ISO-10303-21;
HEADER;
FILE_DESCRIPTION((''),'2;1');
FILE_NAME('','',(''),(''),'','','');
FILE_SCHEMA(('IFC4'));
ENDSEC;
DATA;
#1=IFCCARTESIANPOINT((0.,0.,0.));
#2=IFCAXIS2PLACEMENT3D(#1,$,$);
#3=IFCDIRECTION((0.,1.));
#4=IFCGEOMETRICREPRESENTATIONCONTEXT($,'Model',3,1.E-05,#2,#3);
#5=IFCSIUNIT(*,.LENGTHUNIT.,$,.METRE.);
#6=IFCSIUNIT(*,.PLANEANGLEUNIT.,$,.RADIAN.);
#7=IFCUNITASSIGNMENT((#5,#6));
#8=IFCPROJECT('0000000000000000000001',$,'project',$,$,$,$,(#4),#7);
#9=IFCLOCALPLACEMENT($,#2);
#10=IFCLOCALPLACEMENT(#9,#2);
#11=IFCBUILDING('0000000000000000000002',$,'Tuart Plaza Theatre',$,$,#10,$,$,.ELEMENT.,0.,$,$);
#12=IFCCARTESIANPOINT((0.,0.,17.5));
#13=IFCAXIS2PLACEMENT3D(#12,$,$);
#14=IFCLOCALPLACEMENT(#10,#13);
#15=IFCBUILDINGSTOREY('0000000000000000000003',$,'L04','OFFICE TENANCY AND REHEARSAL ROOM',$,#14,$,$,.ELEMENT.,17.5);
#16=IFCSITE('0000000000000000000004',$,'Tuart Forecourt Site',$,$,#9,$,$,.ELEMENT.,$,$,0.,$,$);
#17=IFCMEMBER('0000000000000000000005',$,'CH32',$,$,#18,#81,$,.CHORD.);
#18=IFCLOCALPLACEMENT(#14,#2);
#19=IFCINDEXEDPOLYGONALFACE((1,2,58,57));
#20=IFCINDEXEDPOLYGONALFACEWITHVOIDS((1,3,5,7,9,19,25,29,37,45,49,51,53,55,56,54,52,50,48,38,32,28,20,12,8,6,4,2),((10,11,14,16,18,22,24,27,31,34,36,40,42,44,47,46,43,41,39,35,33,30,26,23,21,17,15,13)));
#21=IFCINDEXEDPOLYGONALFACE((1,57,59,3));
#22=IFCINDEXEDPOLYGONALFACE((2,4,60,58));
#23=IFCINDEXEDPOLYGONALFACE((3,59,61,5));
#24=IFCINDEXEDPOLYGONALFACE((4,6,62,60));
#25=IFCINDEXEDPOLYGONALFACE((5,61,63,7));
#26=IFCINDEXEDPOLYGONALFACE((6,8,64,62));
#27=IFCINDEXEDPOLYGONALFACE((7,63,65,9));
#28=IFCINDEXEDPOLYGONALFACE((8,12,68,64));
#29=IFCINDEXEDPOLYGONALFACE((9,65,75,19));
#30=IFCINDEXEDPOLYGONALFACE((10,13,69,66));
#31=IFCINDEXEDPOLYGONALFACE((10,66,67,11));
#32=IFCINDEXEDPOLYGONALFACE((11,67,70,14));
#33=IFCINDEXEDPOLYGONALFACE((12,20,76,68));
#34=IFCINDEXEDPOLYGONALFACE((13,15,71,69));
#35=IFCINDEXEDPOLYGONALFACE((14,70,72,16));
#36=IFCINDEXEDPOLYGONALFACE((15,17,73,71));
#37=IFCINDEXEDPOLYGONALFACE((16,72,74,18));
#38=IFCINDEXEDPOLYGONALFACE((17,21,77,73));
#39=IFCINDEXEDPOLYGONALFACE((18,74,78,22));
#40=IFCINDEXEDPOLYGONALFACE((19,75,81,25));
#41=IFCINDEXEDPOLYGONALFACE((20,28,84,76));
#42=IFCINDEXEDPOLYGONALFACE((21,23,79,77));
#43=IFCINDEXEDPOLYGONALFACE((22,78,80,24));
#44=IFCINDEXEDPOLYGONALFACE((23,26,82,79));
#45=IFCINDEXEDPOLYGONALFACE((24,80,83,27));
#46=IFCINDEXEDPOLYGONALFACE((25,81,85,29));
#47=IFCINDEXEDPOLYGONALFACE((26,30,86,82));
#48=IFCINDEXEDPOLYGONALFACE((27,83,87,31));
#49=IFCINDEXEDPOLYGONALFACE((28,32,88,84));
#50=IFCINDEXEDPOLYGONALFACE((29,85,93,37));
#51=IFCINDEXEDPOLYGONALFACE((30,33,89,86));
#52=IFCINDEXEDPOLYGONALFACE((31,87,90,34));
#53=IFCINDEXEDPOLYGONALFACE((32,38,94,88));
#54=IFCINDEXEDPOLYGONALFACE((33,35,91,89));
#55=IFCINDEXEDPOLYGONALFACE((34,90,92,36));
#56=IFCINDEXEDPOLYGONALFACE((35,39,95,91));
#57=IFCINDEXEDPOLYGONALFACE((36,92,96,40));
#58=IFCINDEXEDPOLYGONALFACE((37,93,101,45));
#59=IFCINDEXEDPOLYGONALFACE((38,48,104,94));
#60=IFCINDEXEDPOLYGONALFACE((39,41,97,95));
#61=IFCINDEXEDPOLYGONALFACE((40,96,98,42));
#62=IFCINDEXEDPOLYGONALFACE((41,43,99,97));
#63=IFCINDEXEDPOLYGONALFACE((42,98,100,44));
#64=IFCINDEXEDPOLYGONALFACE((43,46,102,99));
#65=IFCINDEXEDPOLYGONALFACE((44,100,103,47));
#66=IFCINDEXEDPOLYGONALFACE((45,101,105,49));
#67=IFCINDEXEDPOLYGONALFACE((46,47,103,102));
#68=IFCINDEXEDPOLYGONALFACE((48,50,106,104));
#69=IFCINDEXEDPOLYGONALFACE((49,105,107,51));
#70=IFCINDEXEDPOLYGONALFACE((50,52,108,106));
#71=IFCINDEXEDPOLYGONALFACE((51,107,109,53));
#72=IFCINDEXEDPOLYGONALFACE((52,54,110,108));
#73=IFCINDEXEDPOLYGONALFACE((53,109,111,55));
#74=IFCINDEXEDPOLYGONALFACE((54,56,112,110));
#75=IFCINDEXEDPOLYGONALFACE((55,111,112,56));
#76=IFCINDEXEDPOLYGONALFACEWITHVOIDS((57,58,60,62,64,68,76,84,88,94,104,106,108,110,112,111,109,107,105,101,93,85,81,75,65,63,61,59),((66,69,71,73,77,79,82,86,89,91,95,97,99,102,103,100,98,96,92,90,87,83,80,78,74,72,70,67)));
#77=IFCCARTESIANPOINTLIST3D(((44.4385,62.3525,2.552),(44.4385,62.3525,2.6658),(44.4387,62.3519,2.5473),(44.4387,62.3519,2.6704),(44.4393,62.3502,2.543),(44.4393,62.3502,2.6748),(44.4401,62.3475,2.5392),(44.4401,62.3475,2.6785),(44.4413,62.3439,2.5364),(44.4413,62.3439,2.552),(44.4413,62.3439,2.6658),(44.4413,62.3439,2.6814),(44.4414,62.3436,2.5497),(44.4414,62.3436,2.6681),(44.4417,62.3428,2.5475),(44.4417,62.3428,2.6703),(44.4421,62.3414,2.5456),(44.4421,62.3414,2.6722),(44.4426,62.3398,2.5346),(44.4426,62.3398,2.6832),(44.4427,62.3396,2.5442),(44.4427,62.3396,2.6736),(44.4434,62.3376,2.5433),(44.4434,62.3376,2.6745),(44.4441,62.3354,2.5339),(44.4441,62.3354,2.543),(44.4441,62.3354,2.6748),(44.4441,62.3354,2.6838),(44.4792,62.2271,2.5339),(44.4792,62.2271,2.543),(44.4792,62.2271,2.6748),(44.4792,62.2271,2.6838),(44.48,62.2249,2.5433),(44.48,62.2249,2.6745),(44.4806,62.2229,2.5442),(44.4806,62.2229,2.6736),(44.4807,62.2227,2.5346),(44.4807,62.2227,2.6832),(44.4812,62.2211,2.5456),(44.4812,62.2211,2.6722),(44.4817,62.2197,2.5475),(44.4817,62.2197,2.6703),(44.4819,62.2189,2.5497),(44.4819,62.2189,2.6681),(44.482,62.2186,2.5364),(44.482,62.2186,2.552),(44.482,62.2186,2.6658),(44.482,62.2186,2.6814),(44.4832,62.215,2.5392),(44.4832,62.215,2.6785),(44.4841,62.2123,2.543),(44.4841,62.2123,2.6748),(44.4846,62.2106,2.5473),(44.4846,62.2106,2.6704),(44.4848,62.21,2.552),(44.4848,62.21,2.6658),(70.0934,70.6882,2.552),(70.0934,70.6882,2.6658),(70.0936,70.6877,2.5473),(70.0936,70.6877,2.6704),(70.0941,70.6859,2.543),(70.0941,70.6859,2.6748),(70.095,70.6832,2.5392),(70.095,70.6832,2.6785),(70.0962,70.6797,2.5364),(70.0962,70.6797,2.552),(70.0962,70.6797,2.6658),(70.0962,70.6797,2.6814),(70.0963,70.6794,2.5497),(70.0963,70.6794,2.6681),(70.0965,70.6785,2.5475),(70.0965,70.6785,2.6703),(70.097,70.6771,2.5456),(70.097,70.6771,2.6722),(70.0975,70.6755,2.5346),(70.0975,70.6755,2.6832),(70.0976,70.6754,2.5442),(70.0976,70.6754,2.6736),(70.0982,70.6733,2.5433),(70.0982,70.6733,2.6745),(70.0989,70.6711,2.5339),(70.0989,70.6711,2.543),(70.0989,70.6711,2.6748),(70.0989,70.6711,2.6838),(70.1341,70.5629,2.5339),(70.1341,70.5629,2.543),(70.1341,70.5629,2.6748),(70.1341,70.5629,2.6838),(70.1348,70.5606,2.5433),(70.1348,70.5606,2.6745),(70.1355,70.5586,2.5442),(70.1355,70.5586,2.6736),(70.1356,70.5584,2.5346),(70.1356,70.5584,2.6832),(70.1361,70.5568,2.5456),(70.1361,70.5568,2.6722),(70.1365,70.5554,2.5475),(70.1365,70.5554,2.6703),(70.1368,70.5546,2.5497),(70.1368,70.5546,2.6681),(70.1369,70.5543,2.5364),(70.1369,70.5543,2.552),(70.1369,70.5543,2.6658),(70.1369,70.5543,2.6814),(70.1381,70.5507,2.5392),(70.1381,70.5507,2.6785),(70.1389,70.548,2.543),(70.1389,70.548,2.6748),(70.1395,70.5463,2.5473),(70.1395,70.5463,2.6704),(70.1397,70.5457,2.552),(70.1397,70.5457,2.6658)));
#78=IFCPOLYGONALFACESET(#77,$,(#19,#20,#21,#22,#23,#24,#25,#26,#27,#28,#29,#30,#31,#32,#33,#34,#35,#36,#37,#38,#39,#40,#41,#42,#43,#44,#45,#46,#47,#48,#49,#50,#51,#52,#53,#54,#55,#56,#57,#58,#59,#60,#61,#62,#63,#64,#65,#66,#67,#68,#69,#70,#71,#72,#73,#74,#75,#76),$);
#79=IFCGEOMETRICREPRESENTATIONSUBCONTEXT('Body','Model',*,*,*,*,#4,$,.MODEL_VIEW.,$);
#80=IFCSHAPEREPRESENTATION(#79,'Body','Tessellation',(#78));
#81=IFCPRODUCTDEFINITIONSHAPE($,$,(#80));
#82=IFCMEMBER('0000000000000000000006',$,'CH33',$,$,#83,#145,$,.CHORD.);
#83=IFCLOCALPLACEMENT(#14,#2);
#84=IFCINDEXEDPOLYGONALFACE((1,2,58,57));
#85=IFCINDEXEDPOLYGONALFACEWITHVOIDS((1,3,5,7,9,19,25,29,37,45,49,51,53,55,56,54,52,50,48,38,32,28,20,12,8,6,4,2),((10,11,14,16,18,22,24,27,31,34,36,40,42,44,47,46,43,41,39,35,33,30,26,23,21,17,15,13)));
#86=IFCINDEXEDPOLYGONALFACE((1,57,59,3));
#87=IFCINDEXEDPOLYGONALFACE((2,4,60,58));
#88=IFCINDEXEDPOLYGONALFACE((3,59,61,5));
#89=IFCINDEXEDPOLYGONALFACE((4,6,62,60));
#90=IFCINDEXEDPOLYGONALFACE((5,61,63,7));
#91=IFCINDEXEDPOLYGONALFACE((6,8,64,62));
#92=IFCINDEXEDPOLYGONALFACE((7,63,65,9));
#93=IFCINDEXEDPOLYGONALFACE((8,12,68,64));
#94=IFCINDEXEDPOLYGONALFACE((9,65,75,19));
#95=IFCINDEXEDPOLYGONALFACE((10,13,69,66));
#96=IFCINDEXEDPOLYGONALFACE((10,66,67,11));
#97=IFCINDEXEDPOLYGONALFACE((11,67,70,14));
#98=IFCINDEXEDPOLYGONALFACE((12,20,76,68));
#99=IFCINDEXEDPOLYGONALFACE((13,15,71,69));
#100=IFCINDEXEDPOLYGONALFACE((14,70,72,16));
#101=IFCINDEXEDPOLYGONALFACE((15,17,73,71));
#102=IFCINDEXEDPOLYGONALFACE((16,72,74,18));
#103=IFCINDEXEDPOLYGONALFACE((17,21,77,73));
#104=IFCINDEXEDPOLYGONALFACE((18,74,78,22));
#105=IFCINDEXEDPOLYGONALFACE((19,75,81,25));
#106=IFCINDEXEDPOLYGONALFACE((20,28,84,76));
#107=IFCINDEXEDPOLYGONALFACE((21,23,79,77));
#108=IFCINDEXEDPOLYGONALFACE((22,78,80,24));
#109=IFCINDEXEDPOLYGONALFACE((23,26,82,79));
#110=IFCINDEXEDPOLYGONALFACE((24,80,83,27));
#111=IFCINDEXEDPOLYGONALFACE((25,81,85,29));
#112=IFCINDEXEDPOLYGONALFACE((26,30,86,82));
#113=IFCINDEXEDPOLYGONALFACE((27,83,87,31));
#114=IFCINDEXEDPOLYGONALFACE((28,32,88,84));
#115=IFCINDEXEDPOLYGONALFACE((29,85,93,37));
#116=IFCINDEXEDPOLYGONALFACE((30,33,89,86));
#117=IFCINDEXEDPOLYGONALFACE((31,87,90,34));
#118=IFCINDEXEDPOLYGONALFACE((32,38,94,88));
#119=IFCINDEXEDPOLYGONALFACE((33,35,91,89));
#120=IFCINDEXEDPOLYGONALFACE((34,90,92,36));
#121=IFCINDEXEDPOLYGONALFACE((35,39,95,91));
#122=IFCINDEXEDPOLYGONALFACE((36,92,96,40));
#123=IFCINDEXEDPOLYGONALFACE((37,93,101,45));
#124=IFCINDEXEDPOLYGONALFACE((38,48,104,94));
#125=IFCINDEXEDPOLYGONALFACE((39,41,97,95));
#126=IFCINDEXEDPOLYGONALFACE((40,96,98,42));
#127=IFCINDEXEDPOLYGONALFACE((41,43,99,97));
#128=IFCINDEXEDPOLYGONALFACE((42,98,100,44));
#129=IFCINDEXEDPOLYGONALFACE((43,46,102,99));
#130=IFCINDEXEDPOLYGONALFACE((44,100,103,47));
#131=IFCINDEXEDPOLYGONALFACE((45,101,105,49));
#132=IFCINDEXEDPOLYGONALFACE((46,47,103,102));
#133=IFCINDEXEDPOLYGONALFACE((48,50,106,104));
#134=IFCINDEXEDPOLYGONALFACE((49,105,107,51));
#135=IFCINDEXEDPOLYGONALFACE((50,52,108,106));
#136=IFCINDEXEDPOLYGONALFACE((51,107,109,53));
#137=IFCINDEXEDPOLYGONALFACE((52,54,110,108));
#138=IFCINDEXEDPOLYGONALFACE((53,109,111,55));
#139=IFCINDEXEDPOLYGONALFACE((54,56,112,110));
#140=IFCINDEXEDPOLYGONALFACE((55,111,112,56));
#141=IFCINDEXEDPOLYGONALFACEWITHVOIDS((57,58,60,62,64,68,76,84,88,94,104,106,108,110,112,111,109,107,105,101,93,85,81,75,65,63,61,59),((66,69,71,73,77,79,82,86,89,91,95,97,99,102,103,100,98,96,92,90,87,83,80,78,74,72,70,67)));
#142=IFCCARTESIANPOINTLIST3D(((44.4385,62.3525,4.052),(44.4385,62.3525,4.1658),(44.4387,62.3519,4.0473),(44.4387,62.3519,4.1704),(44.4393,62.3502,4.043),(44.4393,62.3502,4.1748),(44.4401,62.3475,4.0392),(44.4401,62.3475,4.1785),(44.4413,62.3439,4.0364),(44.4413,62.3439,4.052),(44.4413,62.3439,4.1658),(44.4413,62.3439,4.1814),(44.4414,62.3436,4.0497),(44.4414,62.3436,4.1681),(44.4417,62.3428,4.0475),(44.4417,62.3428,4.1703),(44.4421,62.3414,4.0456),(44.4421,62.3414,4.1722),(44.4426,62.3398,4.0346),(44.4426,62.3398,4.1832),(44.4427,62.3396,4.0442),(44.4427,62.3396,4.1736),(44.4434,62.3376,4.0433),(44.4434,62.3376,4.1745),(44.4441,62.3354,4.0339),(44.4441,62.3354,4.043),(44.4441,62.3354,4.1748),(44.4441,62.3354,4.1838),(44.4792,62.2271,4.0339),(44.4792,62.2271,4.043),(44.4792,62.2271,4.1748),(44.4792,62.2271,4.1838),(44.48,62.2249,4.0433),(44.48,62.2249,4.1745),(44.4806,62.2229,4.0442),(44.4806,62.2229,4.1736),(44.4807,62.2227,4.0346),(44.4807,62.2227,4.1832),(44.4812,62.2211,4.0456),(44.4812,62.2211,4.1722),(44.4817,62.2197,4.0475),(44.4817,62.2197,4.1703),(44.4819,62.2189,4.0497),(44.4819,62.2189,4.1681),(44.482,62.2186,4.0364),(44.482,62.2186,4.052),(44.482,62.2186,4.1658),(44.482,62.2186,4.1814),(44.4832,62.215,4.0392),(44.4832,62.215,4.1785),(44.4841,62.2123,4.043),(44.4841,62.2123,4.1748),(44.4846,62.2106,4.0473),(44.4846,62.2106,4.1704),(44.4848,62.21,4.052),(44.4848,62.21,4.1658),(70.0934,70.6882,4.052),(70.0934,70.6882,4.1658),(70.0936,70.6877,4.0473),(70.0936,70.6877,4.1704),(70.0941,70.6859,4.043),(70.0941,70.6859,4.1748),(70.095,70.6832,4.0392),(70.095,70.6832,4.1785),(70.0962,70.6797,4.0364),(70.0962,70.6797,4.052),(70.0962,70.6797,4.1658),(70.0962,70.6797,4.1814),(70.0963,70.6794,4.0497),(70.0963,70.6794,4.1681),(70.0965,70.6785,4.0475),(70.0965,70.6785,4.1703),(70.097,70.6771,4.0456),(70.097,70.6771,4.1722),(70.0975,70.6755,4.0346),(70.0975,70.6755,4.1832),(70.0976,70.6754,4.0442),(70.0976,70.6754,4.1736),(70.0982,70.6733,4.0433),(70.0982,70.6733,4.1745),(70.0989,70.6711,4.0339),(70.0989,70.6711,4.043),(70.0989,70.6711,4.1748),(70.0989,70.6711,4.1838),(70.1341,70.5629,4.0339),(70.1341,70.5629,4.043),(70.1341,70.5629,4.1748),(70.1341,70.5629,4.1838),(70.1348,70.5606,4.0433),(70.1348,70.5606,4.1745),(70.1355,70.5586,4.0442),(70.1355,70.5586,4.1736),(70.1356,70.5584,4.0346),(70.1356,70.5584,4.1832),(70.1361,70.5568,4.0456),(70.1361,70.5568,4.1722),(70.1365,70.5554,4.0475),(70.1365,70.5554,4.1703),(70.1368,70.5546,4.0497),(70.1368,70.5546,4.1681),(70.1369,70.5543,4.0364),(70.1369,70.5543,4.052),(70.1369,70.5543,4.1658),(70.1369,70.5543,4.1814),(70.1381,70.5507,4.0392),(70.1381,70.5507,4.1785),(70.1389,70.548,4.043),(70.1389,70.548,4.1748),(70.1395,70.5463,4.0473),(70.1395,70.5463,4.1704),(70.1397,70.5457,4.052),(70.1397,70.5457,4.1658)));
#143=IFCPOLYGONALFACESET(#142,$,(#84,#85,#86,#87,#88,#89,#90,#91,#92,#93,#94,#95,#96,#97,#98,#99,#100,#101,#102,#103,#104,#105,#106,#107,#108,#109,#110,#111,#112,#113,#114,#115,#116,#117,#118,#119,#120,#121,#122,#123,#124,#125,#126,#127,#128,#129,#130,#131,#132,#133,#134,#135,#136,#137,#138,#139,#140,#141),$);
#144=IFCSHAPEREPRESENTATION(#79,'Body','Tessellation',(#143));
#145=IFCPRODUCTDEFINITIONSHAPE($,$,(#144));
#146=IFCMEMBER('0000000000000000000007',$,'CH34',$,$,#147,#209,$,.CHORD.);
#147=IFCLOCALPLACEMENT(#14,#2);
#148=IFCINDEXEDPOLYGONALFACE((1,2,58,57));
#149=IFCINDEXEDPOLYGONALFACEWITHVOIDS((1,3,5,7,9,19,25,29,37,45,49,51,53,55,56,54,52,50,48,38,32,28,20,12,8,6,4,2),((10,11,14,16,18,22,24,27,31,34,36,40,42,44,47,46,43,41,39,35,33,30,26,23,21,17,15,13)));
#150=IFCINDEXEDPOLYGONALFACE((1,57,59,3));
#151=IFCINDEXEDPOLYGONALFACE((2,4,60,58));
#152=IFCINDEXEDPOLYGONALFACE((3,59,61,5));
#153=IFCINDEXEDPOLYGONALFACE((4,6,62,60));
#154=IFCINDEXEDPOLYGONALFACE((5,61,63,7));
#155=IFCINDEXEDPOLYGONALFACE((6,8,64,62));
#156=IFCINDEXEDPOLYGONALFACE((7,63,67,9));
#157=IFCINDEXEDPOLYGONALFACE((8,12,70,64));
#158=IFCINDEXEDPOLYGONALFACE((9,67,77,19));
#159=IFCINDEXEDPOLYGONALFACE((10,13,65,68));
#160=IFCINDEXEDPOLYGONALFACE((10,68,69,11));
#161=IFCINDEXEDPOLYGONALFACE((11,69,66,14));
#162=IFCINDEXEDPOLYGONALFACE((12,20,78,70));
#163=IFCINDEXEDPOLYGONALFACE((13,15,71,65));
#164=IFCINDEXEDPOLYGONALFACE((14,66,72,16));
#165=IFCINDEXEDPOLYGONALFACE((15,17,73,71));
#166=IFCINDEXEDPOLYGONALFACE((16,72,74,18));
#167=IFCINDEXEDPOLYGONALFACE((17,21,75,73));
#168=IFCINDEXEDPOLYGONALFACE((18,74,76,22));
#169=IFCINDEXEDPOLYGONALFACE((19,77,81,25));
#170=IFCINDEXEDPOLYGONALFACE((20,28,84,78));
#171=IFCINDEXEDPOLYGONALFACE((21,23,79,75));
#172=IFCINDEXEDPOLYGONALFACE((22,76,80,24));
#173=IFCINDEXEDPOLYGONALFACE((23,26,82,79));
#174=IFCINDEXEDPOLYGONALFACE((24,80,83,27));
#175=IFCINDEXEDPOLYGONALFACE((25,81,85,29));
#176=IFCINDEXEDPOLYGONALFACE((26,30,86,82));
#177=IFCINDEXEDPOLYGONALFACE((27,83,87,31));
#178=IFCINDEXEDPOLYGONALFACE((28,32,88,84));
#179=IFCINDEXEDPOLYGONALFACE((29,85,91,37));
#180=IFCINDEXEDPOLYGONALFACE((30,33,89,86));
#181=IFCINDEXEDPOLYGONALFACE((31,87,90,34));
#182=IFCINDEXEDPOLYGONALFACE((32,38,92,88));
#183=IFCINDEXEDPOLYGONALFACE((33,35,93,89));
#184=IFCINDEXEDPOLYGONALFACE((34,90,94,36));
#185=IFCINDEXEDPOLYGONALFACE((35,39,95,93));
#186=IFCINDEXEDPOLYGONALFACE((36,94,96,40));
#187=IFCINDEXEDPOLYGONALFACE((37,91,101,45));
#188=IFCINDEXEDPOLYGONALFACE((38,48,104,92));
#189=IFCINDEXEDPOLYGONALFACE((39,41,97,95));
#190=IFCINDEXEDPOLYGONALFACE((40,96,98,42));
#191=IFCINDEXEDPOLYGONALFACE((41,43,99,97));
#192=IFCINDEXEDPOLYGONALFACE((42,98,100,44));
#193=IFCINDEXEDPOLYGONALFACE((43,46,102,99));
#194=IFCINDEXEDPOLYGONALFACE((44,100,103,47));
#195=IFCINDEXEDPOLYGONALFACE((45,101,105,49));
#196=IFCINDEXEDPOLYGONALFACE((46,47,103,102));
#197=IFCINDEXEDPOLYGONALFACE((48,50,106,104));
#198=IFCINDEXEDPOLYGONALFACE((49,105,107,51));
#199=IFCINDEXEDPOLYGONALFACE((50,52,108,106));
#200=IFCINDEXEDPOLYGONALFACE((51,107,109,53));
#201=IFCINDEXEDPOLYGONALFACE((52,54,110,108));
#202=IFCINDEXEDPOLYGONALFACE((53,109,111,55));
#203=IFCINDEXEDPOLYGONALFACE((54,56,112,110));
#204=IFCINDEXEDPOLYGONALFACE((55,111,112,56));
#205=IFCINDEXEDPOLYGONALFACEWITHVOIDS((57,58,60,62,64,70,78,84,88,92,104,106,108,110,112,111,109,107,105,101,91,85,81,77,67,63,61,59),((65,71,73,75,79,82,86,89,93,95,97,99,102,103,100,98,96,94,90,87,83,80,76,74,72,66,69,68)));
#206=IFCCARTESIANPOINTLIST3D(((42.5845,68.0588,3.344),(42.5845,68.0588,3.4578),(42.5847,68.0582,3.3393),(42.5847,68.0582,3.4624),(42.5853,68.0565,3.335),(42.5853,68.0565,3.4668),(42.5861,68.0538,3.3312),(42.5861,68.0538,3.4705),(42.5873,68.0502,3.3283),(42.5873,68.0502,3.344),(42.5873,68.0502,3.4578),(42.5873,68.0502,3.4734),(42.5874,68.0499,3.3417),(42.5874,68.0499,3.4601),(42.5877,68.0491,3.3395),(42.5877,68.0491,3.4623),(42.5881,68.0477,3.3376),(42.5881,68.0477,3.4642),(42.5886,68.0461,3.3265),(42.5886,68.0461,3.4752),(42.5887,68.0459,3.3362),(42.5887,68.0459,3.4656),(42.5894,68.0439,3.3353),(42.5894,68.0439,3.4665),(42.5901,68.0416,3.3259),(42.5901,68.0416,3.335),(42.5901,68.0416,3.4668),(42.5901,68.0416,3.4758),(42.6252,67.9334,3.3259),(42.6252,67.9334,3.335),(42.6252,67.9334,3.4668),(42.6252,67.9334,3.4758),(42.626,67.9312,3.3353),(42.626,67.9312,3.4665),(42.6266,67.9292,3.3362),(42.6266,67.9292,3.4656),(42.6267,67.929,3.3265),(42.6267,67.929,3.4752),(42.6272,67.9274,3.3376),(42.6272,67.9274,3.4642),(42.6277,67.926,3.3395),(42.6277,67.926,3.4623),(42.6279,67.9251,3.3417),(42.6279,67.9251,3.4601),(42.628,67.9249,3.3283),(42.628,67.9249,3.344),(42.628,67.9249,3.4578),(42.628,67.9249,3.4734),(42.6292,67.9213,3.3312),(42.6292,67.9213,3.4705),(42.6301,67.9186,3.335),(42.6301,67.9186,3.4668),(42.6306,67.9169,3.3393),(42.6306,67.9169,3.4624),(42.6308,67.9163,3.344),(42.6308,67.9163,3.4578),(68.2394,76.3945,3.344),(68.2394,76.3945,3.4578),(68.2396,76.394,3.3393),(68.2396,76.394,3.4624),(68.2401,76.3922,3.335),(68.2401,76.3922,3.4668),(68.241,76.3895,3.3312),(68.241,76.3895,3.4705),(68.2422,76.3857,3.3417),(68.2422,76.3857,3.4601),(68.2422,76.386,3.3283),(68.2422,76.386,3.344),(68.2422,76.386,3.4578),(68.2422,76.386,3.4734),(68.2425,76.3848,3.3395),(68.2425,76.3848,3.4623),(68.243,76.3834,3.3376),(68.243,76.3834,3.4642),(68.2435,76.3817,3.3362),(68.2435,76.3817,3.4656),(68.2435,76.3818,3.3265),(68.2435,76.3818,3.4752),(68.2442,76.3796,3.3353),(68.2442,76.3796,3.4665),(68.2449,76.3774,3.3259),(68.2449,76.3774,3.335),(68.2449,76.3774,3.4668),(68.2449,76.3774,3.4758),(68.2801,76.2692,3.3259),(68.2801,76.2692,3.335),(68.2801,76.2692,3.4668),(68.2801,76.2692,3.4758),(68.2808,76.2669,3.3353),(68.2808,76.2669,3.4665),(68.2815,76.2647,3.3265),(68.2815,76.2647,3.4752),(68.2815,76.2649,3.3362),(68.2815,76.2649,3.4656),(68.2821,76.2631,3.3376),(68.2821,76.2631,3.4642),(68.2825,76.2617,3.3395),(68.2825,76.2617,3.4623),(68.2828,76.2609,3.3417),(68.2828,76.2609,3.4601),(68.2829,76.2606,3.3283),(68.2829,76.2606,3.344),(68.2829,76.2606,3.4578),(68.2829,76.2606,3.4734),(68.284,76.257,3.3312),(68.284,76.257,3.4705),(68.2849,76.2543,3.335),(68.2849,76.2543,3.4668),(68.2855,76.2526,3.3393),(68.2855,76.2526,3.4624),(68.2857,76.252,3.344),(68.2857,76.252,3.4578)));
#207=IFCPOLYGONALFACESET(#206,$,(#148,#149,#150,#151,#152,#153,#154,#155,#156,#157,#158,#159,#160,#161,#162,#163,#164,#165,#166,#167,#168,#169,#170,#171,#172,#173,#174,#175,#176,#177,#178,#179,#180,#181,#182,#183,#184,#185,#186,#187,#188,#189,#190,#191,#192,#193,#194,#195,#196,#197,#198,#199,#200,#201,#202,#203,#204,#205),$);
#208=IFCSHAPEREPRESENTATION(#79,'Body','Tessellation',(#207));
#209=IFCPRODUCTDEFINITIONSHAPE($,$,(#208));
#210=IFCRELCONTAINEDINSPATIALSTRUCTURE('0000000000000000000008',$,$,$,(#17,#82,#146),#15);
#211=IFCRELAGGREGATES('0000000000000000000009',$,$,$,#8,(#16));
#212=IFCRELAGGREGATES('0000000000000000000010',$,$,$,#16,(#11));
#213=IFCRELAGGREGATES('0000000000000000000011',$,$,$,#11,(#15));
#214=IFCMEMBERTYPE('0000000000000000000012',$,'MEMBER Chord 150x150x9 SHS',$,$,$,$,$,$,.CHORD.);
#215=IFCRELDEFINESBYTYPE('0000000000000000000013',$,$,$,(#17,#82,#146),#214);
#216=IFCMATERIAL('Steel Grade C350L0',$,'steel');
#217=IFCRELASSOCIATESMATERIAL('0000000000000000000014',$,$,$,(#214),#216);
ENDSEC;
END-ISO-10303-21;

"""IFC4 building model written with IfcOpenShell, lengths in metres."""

from ifc_helpers import new_model, si_unit, direction, frame, origin, origin_2d, place, context, subcontext, project, spatial, hollow_rectangle, extrude, material, material_profile, profile_set, type_object, element, save


model = new_model("IFC4")

# Units and contexts
model_context = context("Model", 3, precision=1e-05, world=origin(), true_north=direction((0.0, 1.0)))
body_context = subcontext(model_context, "Body", "Model", "MODEL_VIEW")
ifc_project = project(units=[si_unit("LENGTHUNIT", "METRE"), si_unit("PLANEANGLEUNIT", "RADIAN")], contexts=[model_context])

# Site, building, storey
site_placement = place(None, origin())
site = spatial("IfcSite", under=ifc_project, at=site_placement, Name="Tuart Forecourt Site", CompositionType="ELEMENT", RefElevation=0.0)
building_placement = place(site_placement, origin())
building = spatial("IfcBuilding", under=site, at=building_placement, Name="Tuart Plaza Theatre", CompositionType="ELEMENT", ElevationOfRefHeight=0.0)
storey_placement = place(building_placement, frame((0.0, 0.0, 17.5)))
storey = spatial("IfcBuildingStorey", under=building, at=storey_placement, Name="L04", Description="OFFICE TENANCY AND REHEARSAL ROOM", CompositionType="ELEMENT", Elevation=17.5)

# Members
ifc_material_1 = material(Name="Steel Grade C350L0", Category="steel")
ifc_material_profile_1 = material_profile(ifc_material_1, hollow_rectangle(XDim=0.1499, YDim=0.1499, WallThickness=0.009, InnerFilletRadius=0.009, OuterFilletRadius=0.0181, at=origin_2d()), Name="150x150x9 SHS")
ifc_profile_set_1 = profile_set([ifc_material_profile_1], Name="Steel Grade C350L0")
member_type_1 = type_object("IfcMemberType", Name="MEMBER Chord 150x150x9 SHS", PredefinedType="CHORD", material=ifc_profile_set_1)
for number, where, z_axis, x_axis, name in (
    (1, (44.4617, 62.2812, 2.6089), (0.951057, 0.309015, 0.0), (-0.309015, 0.951057, 0.0), "CH32"),
    (2, (44.4617, 62.2812, 4.1089), (0.951057, 0.309015, 0.0), (-0.309015, 0.951057, 0.0), "CH33"),
    (3, (42.6077, 67.9875, 3.4009), (0.951057, 0.309015, 0.0), (-0.309015, 0.951057, 0.0), "CH34"),
):
    element("IfcMember", number, at=place(storey_placement, frame(where, z_axis=z_axis, x_axis=x_axis)), inside=storey, type_object=member_type_1, Name=name, PredefinedType="CHORD", context=body_context, shape_type="SweptSolid", body=[
        extrude(hollow_rectangle(XDim=0.1499, YDim=0.1499, WallThickness=0.009, InnerFilletRadius=0.009, OuterFilletRadius=0.0181, at=origin_2d()), origin(), (0.0, 0.0, 1.0), 26.9751),
    ])

save(model, "model.ifc")
